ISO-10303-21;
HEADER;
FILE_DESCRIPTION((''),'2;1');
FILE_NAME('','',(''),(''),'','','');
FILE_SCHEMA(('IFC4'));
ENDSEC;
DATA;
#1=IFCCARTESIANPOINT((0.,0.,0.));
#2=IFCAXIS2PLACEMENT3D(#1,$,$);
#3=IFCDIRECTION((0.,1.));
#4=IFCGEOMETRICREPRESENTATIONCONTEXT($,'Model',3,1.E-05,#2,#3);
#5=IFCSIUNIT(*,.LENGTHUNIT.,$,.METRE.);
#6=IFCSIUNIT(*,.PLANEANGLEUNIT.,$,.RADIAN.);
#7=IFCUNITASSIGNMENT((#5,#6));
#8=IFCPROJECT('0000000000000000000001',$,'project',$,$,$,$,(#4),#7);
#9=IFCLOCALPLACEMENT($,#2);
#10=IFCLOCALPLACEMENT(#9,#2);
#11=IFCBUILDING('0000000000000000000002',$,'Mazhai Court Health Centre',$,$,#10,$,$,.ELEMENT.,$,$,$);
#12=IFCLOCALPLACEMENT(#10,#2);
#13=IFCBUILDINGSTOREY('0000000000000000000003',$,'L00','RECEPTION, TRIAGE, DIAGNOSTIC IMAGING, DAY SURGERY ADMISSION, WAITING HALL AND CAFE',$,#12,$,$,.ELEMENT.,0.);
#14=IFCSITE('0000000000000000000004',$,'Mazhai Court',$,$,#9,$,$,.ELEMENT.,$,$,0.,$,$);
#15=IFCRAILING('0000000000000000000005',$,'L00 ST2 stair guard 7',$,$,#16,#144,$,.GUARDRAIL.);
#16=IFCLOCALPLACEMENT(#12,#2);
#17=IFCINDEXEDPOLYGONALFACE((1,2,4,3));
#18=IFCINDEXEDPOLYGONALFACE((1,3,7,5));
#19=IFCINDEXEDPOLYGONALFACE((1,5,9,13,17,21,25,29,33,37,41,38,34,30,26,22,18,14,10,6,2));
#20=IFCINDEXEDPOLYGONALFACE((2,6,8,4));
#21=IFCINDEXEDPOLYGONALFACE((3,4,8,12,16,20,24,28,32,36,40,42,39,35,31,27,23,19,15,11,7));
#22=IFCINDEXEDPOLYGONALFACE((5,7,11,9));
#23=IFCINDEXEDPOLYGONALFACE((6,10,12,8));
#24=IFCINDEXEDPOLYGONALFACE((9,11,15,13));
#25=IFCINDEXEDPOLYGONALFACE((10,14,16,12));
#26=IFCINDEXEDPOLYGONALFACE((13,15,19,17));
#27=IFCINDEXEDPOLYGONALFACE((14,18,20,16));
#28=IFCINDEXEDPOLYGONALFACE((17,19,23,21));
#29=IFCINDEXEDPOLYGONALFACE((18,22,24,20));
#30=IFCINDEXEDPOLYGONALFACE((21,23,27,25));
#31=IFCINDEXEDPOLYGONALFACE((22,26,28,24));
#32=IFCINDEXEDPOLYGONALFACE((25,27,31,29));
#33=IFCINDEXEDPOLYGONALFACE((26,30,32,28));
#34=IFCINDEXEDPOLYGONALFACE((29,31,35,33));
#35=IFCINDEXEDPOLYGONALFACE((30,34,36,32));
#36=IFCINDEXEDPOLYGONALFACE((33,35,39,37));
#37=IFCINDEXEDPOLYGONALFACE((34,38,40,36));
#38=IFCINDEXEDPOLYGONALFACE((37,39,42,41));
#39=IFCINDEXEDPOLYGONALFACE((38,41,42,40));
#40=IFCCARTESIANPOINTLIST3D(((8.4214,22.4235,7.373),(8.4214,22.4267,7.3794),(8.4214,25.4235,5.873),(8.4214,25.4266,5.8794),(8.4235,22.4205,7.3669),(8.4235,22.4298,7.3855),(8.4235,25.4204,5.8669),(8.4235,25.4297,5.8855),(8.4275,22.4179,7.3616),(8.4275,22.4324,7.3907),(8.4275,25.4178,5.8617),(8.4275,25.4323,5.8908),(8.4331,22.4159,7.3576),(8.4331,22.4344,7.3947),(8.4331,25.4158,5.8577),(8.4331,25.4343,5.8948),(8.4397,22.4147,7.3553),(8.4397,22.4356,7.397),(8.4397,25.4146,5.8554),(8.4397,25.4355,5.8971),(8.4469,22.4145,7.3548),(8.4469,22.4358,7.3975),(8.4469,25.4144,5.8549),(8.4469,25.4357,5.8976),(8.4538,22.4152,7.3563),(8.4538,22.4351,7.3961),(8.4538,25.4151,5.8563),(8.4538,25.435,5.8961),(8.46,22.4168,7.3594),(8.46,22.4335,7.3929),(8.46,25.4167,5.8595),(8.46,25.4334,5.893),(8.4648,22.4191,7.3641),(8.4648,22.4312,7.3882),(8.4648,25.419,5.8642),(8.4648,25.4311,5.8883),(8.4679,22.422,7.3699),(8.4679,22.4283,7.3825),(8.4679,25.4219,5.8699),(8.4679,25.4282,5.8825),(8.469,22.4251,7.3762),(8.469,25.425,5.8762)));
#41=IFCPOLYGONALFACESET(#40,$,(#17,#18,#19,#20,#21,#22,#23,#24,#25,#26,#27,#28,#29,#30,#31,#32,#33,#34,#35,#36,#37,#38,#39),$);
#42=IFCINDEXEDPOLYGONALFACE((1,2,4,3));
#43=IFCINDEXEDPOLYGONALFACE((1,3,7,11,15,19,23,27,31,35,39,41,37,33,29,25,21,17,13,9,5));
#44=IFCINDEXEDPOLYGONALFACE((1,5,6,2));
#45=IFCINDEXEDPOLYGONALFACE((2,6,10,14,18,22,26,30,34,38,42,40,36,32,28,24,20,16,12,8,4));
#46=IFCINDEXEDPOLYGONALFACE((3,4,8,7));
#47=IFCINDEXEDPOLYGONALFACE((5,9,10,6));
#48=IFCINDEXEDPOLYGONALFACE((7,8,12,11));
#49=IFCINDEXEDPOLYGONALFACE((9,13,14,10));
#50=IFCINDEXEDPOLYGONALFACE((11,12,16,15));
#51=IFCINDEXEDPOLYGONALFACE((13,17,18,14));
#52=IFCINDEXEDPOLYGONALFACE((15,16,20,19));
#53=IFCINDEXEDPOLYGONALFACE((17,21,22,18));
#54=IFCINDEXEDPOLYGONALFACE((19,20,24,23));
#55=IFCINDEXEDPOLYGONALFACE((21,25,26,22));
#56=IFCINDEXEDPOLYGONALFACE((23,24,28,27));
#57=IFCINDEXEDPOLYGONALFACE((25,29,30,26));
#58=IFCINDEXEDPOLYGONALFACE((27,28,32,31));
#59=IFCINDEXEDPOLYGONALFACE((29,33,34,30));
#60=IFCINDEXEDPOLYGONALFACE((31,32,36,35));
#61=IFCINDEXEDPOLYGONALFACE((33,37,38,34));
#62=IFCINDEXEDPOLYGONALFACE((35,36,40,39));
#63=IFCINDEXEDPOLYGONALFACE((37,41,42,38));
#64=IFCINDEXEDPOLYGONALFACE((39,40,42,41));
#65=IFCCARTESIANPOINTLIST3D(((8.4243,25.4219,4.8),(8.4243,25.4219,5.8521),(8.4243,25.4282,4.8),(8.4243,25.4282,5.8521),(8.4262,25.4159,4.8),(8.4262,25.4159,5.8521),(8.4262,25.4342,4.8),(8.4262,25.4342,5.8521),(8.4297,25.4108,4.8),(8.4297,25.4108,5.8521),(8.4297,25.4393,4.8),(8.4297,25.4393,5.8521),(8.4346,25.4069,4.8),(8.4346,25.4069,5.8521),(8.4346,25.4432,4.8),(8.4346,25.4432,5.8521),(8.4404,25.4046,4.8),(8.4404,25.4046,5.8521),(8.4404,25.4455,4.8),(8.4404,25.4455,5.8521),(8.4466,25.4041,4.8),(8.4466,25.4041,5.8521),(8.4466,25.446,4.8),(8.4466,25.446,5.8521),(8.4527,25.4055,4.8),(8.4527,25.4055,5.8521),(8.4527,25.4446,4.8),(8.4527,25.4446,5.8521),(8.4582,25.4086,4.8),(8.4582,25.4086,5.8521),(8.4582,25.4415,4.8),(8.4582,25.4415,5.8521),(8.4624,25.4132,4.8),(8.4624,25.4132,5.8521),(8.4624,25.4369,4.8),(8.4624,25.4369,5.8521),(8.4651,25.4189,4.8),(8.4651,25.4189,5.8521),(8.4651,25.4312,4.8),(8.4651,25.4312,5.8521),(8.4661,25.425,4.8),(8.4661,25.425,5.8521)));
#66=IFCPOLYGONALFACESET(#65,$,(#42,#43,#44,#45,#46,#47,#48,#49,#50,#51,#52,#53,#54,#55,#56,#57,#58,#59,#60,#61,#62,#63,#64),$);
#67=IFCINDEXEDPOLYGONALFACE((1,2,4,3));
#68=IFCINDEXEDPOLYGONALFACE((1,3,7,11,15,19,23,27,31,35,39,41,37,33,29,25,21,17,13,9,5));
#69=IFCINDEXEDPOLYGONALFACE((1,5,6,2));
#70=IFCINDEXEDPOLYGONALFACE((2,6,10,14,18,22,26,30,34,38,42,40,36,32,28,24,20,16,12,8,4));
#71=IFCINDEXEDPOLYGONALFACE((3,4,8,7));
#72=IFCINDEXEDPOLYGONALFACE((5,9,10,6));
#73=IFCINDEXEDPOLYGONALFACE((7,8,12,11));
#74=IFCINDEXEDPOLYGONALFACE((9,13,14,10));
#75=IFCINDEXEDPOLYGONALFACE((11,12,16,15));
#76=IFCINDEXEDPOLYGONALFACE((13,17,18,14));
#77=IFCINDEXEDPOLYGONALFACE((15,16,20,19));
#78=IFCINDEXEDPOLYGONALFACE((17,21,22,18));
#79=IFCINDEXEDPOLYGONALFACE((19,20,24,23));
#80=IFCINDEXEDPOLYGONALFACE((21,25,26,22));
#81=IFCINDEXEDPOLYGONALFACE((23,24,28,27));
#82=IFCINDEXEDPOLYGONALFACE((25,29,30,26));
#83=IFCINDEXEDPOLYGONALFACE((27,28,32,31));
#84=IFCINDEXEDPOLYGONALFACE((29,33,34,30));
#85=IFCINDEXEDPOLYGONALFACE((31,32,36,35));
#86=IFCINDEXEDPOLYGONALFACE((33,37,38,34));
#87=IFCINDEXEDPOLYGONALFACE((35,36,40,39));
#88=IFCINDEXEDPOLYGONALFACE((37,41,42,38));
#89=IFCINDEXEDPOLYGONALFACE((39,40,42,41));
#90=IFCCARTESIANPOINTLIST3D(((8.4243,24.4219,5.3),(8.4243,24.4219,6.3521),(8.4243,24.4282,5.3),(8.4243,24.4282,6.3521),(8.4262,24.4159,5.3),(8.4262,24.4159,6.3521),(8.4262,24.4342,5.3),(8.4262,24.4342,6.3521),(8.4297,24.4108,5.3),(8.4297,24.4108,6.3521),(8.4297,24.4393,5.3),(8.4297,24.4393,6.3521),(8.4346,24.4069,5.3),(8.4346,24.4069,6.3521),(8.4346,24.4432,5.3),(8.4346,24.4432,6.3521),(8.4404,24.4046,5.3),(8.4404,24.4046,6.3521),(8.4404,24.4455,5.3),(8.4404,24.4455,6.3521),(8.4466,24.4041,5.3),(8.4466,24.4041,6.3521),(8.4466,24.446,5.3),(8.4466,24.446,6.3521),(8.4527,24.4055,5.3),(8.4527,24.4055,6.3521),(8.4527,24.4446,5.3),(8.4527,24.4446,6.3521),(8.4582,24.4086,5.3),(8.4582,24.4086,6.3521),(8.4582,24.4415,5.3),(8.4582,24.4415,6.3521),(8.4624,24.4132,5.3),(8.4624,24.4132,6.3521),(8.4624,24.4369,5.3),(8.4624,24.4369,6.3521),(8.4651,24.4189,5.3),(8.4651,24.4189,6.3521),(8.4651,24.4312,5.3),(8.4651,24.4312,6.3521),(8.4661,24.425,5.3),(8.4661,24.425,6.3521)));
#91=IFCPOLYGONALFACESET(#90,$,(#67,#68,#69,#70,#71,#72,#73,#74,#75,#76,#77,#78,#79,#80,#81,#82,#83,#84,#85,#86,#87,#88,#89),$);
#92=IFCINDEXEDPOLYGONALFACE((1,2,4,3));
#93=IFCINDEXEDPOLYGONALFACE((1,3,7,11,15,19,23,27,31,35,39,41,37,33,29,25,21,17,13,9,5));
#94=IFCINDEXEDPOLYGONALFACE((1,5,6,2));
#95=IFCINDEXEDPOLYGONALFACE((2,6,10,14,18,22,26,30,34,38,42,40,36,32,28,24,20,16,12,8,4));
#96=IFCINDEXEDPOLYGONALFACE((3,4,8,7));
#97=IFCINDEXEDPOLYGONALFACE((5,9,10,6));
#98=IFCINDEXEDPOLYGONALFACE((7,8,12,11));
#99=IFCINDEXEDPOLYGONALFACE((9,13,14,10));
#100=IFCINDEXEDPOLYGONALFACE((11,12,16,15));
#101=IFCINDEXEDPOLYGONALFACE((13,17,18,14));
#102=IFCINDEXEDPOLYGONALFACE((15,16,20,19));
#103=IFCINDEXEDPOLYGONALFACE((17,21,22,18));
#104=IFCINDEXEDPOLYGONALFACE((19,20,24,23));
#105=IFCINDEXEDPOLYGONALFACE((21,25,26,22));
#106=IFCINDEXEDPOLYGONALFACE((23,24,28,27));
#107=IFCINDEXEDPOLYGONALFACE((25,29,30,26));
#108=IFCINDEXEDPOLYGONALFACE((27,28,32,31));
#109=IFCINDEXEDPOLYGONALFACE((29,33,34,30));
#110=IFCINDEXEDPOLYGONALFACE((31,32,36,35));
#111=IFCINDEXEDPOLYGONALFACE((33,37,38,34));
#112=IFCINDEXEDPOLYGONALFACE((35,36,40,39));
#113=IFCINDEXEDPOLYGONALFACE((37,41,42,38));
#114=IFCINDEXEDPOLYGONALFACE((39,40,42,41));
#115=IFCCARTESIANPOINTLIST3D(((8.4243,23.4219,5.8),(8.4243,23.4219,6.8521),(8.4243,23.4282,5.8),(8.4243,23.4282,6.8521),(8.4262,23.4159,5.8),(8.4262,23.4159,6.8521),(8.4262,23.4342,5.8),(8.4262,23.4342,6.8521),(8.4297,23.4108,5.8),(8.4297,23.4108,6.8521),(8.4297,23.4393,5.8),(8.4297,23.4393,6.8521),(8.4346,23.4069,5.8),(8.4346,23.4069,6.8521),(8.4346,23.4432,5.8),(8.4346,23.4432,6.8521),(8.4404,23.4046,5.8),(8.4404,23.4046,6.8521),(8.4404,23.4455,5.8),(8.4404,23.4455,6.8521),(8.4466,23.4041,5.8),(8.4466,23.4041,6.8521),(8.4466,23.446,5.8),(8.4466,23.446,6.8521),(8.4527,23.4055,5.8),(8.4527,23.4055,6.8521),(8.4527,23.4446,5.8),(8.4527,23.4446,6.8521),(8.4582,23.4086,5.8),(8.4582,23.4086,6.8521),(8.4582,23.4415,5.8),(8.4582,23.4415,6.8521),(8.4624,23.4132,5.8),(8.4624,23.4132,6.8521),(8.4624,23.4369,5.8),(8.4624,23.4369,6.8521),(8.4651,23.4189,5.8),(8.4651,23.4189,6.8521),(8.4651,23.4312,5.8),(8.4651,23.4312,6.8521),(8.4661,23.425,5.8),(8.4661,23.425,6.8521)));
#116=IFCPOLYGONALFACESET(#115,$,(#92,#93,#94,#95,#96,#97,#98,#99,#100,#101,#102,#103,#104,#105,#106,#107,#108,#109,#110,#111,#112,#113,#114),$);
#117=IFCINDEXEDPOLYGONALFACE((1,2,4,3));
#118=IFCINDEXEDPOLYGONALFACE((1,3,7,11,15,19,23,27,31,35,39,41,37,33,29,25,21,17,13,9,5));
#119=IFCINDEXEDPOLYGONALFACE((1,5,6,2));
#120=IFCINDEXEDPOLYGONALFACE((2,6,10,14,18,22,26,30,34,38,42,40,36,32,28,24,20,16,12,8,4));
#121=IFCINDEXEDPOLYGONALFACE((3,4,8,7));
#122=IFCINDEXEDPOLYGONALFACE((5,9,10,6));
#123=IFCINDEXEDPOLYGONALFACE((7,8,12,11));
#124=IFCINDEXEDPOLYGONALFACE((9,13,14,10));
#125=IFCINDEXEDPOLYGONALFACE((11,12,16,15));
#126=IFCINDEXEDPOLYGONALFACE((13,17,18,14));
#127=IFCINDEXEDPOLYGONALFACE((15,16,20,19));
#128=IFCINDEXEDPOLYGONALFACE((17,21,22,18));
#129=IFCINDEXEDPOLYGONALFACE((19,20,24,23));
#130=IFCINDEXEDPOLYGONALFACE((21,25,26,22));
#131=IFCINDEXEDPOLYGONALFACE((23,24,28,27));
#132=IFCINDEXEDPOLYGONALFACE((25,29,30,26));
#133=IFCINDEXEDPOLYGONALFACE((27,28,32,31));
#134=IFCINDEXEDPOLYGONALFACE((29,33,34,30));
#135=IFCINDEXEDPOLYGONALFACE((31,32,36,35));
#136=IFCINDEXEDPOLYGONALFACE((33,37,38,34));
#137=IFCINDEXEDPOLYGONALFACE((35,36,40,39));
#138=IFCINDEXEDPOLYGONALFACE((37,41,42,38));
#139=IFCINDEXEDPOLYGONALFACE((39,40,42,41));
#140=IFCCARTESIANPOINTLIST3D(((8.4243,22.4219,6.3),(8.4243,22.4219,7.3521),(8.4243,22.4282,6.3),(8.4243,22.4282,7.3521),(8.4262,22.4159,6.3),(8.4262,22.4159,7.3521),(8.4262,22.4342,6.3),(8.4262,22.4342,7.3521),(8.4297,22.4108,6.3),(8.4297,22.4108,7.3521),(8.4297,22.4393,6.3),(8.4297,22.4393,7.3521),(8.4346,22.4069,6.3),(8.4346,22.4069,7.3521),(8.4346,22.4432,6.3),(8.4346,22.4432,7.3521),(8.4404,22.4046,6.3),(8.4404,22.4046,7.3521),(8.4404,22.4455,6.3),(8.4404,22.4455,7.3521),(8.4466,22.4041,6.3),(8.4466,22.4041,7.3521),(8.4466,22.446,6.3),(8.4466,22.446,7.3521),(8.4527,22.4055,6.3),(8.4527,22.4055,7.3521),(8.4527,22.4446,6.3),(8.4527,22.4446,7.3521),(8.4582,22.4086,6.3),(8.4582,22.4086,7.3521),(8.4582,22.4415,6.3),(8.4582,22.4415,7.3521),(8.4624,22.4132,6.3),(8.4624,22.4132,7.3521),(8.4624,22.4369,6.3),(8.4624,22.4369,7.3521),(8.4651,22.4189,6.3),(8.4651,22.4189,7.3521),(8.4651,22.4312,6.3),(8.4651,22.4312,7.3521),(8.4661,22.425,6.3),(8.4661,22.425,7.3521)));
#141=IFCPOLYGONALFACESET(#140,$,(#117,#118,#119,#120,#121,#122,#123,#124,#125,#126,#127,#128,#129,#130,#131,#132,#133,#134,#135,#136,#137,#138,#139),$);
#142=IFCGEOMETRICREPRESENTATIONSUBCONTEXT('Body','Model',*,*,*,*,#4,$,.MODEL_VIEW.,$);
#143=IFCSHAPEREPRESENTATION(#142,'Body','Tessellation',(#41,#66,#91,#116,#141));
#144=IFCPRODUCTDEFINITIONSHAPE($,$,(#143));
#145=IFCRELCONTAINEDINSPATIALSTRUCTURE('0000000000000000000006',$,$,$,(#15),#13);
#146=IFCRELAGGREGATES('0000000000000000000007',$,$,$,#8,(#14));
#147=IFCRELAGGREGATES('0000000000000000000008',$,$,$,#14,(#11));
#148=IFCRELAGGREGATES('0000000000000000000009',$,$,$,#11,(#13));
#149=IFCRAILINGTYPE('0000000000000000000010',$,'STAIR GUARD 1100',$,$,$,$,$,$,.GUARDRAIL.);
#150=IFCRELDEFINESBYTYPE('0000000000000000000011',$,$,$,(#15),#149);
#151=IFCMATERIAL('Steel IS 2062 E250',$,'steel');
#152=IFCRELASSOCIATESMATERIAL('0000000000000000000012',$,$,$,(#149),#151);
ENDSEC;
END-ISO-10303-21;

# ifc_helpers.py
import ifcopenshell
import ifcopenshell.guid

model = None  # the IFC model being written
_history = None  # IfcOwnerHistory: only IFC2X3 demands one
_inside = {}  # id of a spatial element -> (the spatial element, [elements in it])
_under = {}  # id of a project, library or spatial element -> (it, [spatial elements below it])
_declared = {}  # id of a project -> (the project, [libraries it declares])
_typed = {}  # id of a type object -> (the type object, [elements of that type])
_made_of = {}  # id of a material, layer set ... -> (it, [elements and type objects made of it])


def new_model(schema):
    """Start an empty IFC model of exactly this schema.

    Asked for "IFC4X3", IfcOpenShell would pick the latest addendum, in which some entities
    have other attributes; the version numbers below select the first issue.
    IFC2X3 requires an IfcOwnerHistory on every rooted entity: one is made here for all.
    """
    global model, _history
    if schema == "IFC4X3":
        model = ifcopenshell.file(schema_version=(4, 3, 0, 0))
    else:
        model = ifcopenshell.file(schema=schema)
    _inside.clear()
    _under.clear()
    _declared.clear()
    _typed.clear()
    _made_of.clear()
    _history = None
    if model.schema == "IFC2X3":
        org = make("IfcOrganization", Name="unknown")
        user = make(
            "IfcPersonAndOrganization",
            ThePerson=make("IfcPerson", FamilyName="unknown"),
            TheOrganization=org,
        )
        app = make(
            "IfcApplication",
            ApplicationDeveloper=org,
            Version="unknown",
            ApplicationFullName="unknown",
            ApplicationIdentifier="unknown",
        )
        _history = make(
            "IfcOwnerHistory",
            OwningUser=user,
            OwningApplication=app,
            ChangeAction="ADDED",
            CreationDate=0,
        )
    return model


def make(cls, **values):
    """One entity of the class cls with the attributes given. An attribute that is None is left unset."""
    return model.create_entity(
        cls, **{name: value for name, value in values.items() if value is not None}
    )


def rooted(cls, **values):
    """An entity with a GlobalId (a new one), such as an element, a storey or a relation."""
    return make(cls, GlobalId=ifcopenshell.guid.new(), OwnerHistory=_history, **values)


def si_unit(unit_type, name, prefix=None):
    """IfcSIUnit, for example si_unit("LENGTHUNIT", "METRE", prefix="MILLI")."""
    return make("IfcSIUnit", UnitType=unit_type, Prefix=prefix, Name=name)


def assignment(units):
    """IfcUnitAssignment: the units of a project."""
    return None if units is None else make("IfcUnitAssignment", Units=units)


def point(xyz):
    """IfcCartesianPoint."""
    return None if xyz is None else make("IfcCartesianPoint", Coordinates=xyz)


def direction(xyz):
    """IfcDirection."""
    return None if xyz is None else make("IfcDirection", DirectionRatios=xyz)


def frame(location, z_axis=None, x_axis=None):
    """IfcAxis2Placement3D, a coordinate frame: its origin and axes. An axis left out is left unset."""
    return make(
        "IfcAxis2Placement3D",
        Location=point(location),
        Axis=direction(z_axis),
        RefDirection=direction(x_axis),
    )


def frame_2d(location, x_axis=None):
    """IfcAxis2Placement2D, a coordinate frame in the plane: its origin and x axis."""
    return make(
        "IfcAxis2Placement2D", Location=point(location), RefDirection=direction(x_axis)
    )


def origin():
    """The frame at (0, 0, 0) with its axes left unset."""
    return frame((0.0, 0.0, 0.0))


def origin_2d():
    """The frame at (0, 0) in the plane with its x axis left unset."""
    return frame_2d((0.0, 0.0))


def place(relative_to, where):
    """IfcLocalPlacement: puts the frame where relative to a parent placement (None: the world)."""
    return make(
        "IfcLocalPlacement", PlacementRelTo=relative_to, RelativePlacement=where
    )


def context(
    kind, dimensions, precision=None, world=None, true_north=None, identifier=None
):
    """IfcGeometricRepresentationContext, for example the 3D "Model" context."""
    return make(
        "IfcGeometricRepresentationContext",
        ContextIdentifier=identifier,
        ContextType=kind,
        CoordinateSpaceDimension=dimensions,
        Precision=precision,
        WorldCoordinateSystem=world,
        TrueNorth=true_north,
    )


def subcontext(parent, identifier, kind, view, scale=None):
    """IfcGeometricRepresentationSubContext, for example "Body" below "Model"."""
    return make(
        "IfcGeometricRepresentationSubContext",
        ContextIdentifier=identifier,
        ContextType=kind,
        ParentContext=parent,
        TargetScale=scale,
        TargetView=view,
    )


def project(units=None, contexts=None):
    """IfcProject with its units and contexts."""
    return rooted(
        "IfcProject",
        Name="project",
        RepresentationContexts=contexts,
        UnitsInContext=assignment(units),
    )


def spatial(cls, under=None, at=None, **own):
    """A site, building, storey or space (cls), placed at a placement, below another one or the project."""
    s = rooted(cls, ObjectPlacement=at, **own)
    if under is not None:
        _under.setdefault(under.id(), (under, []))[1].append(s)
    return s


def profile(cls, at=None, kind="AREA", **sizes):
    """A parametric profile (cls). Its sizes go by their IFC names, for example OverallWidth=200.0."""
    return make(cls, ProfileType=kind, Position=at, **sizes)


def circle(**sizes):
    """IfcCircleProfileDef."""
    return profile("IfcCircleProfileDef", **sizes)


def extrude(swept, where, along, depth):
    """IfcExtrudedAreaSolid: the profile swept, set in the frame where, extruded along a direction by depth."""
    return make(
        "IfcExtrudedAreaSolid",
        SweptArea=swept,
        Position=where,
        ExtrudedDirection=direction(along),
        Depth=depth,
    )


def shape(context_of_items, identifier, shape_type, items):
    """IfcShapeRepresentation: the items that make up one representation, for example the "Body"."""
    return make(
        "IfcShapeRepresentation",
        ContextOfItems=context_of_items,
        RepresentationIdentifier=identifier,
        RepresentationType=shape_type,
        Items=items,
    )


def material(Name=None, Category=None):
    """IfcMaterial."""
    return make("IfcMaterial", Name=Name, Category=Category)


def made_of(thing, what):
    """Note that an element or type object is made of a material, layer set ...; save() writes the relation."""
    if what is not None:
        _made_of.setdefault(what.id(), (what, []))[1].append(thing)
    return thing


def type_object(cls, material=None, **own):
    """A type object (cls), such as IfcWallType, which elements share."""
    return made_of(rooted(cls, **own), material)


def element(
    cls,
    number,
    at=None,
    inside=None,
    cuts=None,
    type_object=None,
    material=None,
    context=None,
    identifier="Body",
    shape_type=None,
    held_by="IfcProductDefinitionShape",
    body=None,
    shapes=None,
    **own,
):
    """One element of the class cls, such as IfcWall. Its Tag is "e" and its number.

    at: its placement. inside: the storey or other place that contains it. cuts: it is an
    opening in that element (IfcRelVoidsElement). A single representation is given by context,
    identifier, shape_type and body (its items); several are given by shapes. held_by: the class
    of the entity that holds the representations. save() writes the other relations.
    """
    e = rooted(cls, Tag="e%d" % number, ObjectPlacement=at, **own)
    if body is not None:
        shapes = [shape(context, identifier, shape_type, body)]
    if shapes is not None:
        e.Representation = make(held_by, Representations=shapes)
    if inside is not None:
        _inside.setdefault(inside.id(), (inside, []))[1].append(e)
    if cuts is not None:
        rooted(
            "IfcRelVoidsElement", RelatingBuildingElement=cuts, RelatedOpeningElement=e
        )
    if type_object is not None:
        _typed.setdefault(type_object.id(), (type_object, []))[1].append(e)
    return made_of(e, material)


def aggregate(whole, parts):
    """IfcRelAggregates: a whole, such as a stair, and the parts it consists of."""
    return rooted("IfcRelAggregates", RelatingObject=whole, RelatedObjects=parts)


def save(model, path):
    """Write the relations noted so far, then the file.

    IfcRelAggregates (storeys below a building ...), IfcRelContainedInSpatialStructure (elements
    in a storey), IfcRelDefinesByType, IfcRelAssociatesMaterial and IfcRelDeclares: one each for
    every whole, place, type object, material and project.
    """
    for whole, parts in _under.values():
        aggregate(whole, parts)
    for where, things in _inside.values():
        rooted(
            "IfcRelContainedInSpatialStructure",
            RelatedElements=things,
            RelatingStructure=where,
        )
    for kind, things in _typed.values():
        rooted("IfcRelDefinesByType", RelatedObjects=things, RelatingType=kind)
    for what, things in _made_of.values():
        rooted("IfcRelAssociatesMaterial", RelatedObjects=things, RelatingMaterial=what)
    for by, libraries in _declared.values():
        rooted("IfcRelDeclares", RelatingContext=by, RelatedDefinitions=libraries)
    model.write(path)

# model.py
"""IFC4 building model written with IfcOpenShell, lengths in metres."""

from ifc_helpers import new_model, si_unit, direction, frame, origin, origin_2d, place, context, subcontext, project, spatial, circle, extrude, material, type_object, element, save


model = new_model("IFC4")

# Units and contexts
model_context = context("Model", 3, precision=1e-05, world=origin(), true_north=direction((0.0, 1.0)))
body_context = subcontext(model_context, "Body", "Model", "MODEL_VIEW")
ifc_project = project(units=[si_unit("LENGTHUNIT", "METRE"), si_unit("PLANEANGLEUNIT", "RADIAN")], contexts=[model_context])

# Site, building, storey
site_placement = place(None, origin())
site = spatial("IfcSite", under=ifc_project, at=site_placement, Name="Mazhai Court", CompositionType="ELEMENT", RefElevation=0.0)
building_placement = place(site_placement, origin())
building = spatial("IfcBuilding", under=site, at=building_placement, Name="Mazhai Court Health Centre", CompositionType="ELEMENT")
storey_placement = place(building_placement, origin())
storey = spatial("IfcBuildingStorey", under=building, at=storey_placement, Name="L00", Description="RECEPTION, TRIAGE, DIAGNOSTIC IMAGING, DAY SURGERY ADMISSION, WAITING HALL AND CAFE", CompositionType="ELEMENT", Elevation=0.0)

# Railing
ifc_material_1 = material(Name="Steel IS 2062 E250", Category="steel")
railing_type_1 = type_object("IfcRailingType", Name="STAIR GUARD 1100", PredefinedType="GUARDRAIL", material=ifc_material_1)
railing_1_placement = place(storey_placement, frame((8.4451, 25.425, 4.8)))
element("IfcRailing", 1, at=railing_1_placement, inside=storey, type_object=railing_type_1, Name="L00 ST2 stair guard 7", PredefinedType="GUARDRAIL", context=body_context, shape_type="SweptSolid", body=[
    extrude(circle(Radius=0.0239, at=origin_2d()), frame((0.0, 0.0, 1.0762), z_axis=(0.0, -0.894427, 0.447214), x_axis=(1.0, 0.0, 0.0)), (0.0, 0.0, 1.0), 3.354),
    extrude(circle(Radius=0.021, at=origin_2d()), origin(), (0.0, 0.0, 1.0), 1.052),
    extrude(circle(Radius=0.021, at=origin_2d()), frame((0.0, -1.0, 0.5)), (0.0, 0.0, 1.0), 1.052),
    extrude(circle(Radius=0.021, at=origin_2d()), frame((0.0, -2.0, 1.0)), (0.0, 0.0, 1.0), 1.052),
    extrude(circle(Radius=0.021, at=origin_2d()), frame((0.0, -3.0, 1.5)), (0.0, 0.0, 1.0), 1.052),
])

save(model, "model.ifc")
